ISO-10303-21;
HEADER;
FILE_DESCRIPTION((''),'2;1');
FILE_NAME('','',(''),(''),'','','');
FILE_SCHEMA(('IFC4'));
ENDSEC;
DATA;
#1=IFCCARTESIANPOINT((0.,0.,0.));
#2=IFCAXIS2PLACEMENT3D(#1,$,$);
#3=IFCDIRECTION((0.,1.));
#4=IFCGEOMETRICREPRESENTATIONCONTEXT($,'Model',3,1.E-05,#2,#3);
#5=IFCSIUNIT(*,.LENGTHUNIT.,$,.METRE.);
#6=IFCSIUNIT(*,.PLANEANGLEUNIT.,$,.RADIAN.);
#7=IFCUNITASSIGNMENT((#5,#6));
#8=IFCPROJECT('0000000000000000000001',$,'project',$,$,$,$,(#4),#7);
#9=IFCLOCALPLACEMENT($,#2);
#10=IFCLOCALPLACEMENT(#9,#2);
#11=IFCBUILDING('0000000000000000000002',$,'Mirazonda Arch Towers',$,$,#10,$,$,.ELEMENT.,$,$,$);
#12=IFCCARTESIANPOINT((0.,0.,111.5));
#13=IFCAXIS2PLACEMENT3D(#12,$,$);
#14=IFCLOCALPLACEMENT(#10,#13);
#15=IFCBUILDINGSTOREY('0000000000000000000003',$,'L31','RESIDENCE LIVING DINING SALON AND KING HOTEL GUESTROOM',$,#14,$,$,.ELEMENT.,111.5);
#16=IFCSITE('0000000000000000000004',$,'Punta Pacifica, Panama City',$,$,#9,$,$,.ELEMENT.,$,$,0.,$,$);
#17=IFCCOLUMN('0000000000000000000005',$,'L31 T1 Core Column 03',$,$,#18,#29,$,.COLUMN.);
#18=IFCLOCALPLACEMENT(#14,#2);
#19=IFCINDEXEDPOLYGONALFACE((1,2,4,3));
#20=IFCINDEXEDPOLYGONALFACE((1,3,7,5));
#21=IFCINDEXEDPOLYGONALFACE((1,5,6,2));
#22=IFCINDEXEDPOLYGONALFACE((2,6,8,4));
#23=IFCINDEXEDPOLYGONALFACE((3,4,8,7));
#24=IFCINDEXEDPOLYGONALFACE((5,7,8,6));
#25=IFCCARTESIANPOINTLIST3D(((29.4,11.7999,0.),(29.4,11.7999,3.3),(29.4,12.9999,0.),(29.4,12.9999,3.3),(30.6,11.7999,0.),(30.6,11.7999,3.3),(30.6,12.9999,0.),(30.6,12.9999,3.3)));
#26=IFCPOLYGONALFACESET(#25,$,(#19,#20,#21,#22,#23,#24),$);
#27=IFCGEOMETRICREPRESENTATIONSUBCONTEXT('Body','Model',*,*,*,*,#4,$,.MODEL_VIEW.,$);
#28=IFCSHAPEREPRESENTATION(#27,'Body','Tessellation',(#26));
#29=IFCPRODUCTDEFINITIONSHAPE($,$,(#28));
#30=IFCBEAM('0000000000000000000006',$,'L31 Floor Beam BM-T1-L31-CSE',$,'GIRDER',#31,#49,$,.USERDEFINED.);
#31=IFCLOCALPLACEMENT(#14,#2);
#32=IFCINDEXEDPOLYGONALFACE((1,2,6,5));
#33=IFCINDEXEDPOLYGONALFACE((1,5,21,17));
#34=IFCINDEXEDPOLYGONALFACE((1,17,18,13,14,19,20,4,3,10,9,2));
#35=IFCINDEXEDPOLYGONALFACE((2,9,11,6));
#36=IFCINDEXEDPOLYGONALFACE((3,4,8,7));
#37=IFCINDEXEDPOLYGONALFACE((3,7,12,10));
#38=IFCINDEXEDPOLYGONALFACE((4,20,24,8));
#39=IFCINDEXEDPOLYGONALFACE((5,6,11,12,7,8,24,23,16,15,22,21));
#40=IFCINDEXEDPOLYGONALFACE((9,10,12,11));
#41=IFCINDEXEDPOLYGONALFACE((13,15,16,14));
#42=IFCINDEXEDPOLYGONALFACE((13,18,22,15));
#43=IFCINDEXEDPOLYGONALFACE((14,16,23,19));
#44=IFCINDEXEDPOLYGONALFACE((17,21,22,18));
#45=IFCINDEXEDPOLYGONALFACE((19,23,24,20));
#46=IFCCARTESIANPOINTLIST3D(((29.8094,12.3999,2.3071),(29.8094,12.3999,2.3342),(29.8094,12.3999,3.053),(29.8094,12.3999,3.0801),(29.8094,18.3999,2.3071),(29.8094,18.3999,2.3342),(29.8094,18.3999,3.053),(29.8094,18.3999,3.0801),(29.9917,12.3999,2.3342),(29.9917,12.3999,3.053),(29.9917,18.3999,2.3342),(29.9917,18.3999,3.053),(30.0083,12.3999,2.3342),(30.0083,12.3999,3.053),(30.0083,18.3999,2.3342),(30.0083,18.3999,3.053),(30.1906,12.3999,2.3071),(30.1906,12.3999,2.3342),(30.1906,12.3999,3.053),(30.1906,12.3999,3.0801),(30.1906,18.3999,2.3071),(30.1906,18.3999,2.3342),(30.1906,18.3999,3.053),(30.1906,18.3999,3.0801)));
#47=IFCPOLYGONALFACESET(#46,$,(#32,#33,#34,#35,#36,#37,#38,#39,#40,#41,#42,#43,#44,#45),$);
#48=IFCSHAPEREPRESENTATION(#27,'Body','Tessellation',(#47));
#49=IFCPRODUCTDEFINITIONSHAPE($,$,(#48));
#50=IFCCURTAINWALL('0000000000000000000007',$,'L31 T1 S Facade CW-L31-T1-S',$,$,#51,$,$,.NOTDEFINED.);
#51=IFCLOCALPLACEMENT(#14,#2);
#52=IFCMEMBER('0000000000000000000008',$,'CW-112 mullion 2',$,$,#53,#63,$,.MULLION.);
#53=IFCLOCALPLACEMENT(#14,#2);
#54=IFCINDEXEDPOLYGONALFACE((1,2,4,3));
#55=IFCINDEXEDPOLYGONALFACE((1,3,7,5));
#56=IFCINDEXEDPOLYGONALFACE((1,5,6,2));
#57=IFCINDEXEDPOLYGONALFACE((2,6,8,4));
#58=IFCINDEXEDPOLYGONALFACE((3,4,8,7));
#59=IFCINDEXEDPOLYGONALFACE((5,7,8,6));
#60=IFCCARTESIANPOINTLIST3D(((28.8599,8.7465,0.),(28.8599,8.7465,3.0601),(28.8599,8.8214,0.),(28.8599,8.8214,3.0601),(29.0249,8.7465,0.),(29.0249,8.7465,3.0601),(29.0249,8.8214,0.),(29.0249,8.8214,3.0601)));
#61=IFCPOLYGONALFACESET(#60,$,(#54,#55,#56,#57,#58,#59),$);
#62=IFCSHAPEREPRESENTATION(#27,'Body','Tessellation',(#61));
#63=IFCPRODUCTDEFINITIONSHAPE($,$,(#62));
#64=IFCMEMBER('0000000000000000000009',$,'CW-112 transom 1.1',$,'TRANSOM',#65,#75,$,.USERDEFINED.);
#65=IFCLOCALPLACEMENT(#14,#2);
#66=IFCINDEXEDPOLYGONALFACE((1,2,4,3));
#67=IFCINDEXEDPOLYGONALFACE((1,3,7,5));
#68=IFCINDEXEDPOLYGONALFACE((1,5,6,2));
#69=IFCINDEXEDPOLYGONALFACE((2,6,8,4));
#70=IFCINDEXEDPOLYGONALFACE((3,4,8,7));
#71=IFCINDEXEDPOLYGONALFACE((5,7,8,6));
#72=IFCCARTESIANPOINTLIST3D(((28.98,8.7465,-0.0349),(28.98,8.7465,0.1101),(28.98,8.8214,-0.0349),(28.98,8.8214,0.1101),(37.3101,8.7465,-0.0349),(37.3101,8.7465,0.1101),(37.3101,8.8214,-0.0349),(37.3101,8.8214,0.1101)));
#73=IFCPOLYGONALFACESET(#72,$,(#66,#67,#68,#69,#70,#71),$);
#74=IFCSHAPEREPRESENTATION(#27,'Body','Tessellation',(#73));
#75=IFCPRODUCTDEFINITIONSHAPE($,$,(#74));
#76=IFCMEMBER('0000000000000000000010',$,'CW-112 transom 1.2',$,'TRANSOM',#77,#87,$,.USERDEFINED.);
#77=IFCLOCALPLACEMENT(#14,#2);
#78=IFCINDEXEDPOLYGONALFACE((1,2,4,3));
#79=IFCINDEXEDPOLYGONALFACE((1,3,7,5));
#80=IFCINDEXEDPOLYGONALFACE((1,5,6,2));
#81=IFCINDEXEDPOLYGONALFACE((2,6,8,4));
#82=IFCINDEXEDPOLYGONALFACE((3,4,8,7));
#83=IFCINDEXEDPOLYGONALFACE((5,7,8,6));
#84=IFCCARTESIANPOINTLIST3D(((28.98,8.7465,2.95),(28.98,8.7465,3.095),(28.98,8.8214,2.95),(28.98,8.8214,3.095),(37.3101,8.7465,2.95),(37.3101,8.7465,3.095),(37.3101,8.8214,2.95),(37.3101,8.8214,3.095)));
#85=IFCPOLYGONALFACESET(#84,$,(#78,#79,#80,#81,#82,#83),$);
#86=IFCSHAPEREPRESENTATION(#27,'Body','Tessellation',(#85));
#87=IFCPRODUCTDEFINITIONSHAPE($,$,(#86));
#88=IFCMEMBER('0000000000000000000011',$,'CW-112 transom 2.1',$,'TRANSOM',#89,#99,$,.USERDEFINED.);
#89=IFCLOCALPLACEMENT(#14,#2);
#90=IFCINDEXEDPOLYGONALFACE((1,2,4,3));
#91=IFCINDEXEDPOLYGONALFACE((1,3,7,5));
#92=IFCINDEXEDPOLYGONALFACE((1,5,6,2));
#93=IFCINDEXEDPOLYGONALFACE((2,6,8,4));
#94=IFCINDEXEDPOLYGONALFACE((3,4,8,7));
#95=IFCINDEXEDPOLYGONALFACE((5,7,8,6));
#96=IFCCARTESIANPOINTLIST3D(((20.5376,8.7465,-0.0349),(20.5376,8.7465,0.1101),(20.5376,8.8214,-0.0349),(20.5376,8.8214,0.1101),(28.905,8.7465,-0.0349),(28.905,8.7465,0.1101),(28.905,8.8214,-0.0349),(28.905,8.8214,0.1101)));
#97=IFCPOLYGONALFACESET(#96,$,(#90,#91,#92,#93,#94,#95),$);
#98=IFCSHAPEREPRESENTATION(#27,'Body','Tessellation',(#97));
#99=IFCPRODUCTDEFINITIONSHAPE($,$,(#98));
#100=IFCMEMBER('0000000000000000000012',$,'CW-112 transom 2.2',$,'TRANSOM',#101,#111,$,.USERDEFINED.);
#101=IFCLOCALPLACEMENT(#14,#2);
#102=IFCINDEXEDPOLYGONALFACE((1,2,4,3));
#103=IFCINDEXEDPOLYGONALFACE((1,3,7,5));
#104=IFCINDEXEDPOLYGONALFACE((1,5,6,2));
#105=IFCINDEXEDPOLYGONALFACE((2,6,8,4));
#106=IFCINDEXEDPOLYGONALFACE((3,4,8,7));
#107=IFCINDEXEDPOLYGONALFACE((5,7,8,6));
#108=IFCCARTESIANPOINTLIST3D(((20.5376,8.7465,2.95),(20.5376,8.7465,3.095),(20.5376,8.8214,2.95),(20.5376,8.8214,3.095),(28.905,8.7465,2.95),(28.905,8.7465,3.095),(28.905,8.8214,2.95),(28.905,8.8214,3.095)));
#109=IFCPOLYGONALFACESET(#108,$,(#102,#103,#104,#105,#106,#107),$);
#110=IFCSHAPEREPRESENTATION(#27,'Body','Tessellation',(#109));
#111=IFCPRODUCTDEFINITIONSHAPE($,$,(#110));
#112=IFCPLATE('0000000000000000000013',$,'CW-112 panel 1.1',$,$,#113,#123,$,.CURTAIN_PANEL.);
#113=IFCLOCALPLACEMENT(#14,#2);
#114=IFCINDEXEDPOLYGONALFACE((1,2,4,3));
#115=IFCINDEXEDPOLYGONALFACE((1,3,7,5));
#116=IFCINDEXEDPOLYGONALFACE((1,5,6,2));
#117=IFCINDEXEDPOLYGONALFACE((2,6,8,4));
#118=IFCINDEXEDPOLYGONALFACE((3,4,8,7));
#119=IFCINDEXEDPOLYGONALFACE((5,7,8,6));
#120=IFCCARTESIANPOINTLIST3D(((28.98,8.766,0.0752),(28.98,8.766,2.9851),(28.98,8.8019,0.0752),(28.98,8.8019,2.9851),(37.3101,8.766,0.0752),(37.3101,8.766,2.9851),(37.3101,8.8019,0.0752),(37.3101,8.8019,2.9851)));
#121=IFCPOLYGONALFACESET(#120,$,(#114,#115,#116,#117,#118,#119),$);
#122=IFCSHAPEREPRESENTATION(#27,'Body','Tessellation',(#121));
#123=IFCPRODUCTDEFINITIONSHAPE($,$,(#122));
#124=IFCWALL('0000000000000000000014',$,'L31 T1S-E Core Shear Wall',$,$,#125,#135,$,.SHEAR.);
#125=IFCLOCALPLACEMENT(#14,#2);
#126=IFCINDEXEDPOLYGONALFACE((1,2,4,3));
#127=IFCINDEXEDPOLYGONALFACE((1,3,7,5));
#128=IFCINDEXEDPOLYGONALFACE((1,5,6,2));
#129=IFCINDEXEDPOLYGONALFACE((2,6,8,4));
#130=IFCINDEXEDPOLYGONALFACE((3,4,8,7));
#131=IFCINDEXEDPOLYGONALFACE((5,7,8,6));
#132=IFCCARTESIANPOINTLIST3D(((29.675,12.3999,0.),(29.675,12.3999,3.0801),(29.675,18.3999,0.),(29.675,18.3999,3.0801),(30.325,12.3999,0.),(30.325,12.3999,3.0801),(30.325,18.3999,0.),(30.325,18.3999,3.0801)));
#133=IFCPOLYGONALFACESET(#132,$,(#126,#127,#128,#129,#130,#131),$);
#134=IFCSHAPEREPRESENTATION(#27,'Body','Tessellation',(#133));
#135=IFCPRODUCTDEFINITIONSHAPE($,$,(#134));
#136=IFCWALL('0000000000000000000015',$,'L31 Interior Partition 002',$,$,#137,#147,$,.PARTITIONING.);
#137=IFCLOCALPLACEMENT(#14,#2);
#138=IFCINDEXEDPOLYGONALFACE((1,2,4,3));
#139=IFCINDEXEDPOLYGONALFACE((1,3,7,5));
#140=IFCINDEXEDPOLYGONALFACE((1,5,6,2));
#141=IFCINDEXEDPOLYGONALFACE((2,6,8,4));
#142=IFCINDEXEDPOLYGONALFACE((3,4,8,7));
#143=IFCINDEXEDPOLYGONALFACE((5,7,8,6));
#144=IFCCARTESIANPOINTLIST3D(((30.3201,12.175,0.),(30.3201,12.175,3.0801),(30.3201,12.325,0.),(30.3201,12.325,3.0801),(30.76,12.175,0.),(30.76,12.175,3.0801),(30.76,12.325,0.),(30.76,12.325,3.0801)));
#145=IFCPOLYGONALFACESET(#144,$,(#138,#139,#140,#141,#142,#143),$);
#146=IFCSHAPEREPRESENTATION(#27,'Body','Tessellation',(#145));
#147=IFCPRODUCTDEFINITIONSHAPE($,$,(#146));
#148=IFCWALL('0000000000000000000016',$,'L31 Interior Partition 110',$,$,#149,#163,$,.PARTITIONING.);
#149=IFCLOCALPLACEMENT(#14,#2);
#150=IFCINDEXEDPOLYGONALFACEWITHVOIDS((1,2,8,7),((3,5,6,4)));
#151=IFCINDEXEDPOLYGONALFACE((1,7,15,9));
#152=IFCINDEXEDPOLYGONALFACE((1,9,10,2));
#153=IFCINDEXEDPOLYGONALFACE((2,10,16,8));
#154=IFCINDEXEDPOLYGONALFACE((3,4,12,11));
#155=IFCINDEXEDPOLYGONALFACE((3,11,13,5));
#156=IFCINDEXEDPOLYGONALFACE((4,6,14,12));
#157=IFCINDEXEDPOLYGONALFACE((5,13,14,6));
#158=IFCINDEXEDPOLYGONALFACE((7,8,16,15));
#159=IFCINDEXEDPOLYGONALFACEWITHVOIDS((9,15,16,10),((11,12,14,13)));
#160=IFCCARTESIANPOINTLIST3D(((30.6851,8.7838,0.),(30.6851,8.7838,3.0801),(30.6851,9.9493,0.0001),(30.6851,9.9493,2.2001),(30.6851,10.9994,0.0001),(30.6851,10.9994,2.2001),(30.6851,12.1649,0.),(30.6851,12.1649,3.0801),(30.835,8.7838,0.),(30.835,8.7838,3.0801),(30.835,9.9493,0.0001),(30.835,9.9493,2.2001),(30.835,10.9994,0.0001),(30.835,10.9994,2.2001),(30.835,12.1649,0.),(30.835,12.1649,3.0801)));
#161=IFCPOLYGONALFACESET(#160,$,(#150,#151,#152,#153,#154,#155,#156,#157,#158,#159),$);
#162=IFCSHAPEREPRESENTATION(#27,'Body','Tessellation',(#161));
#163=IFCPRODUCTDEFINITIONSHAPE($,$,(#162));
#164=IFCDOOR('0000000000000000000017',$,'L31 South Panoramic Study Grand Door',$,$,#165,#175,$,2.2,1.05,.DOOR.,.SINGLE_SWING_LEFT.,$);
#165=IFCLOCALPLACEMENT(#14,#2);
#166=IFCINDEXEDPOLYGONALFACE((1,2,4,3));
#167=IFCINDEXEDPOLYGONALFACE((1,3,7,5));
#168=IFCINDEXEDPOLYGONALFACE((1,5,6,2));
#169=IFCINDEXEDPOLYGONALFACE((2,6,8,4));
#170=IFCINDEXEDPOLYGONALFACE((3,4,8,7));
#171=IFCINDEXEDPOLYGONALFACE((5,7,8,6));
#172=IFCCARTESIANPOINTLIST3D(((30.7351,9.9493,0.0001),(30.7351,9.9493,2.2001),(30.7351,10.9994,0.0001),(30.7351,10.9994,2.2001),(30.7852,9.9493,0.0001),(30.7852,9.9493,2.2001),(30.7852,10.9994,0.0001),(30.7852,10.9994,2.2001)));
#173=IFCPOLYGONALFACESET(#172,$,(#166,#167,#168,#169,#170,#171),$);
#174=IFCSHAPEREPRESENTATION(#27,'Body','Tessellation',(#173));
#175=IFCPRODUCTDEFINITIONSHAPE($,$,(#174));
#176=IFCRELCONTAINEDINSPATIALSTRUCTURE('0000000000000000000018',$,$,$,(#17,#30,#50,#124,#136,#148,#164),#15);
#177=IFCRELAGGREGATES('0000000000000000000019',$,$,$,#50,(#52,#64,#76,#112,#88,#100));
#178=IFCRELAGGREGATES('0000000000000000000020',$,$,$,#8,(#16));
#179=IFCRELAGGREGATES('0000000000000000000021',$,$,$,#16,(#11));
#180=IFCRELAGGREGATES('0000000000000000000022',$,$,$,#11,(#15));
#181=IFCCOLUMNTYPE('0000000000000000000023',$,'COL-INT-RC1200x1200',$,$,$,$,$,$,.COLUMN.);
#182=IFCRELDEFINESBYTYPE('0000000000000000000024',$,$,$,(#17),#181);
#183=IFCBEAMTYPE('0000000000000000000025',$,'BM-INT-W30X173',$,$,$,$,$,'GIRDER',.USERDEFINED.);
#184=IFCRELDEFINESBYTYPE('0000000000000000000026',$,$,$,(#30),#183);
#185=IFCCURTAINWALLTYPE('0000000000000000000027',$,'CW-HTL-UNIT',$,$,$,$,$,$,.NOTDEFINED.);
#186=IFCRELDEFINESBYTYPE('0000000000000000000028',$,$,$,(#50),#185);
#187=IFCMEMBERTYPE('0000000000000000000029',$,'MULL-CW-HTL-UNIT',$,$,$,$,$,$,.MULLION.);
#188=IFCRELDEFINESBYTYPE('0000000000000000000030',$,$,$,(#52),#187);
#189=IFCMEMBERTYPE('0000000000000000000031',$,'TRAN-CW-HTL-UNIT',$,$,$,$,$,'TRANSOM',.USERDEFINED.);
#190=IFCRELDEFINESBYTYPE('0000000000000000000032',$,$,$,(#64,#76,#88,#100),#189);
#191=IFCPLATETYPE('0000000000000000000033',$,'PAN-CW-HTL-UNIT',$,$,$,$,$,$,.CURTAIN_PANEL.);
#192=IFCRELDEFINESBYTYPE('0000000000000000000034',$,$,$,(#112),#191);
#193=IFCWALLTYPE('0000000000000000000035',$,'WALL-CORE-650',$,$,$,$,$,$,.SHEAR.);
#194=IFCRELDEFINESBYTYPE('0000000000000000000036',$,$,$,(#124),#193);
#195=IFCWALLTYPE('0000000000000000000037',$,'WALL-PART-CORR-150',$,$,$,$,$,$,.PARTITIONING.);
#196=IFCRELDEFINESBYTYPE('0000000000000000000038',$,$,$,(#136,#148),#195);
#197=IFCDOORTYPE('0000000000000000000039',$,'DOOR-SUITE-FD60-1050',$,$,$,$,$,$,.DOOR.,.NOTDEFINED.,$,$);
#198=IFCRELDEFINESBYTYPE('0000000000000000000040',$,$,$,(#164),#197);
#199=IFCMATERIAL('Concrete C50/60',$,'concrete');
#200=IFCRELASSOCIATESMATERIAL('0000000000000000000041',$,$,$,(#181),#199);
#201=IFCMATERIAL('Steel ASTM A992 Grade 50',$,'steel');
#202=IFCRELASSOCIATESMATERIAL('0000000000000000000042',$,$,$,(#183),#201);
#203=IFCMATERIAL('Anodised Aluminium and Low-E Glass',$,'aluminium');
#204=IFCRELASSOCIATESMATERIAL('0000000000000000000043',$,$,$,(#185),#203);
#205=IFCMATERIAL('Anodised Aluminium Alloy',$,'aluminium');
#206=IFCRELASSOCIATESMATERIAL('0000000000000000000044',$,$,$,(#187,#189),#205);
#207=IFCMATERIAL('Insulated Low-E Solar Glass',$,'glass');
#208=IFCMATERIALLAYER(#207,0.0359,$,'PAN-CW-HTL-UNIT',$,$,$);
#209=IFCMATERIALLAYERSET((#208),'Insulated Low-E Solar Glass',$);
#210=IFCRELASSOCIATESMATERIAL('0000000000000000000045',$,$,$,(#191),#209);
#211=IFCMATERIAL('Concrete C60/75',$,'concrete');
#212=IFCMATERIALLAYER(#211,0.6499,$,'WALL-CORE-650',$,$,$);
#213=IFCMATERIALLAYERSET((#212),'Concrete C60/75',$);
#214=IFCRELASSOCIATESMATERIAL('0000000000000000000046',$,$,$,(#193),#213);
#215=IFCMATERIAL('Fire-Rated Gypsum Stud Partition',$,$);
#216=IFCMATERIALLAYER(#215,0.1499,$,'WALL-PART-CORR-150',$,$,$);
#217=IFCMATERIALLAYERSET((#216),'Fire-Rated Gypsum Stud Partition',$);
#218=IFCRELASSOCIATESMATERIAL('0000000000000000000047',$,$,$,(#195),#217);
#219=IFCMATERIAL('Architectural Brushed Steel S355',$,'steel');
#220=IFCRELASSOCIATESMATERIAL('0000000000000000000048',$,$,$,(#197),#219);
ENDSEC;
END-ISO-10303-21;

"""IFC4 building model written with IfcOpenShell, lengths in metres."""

from ifc_helpers import new_model, si_unit, direction, frame, frame_2d, origin, origin_2d, place, context, subcontext, project, spatial, rectangle, i_section, extrude, material, layer, layer_set, material_profile, profile_set, type_object, element, fill, aggregate, save


model = new_model("IFC4")

# Units and contexts
model_context = context("Model", 3, precision=1e-05, world=origin(), true_north=direction((0.0, 1.0)))
body_context = subcontext(model_context, "Body", "Model", "MODEL_VIEW")
ifc_project = project(units=[si_unit("LENGTHUNIT", "METRE"), si_unit("PLANEANGLEUNIT", "RADIAN")], contexts=[model_context])

# Site, building, storey
site_placement = place(None, origin())
site = spatial("IfcSite", under=ifc_project, at=site_placement, Name="Punta Pacifica, Panama City", CompositionType="ELEMENT", RefElevation=0.0)
building_placement = place(site_placement, origin())
building = spatial("IfcBuilding", under=site, at=building_placement, Name="Mirazonda Arch Towers", CompositionType="ELEMENT")
storey_placement = place(building_placement, frame((0.0, 0.0, 111.5)))
storey = spatial("IfcBuildingStorey", under=building, at=storey_placement, Name="L31", Description="RESIDENCE LIVING DINING SALON AND KING HOTEL GUESTROOM", CompositionType="ELEMENT", Elevation=111.5)

# Column
ifc_material_1 = material(Name="Concrete C50/60", Category="concrete")
ifc_material_profile_1 = material_profile(ifc_material_1, rectangle(XDim=1.2, YDim=1.2, at=origin_2d()), Name="RC1200x1200")
ifc_profile_set_1 = profile_set([ifc_material_profile_1], Name="Concrete C50/60")
column_type = type_object("IfcColumnType", Name="COL-INT-RC1200x1200", PredefinedType="COLUMN", material=ifc_profile_set_1)
column_placement = place(storey_placement, frame((30.0, 12.3999, 0.0), z_axis=(0.0, 0.0, 1.0), x_axis=(1.0, 0.0, 0.0)))
element("IfcColumn", 1, at=column_placement, inside=storey, type_object=column_type, Name="L31 T1 Core Column 03", PredefinedType="COLUMN", context=body_context, shape_type="SweptSolid", body=[
    extrude(rectangle(XDim=1.2, YDim=1.2, at=origin_2d()), origin(), (0.0, 0.0, 1.0), 3.3),
])

# Beam
ifc_material_2 = material(Name="Steel ASTM A992 Grade 50", Category="steel")
ifc_material_profile_2 = material_profile(ifc_material_2, i_section(OverallWidth=0.3811, OverallDepth=0.7729, WebThickness=0.0166, FlangeThickness=0.0271, at=origin_2d()), Name="W30X173")
ifc_profile_set_2 = profile_set([ifc_material_profile_2], Name="Steel ASTM A992 Grade 50")
beam_type = type_object("IfcBeamType", Name="BM-INT-W30X173", ElementType="GIRDER", PredefinedType="USERDEFINED", material=ifc_profile_set_2)
beam_placement = place(storey_placement, frame((30.0, 12.3999, 2.6936), z_axis=(0.0, 1.0, 0.0), x_axis=(-1.0, 0.0, 0.0)))
element("IfcBeam", 2, at=beam_placement, inside=storey, type_object=beam_type, Name="L31 Floor Beam BM-T1-L31-CSE", ObjectType="GIRDER", PredefinedType="USERDEFINED", context=body_context, shape_type="SweptSolid", body=[
    extrude(i_section(OverallWidth=0.3811, OverallDepth=0.7729, WebThickness=0.0166, FlangeThickness=0.0271, at=origin_2d()), origin(), (0.0, 0.0, 1.0), 6.0),
])

# Curtain wall, members, plate
ifc_material_3 = material(Name="Anodised Aluminium and Low-E Glass", Category="aluminium")
curtain_wall_type = type_object("IfcCurtainWallType", Name="CW-HTL-UNIT", PredefinedType="NOTDEFINED", material=ifc_material_3)
curtain_wall_placement = place(storey_placement, origin())
curtain_wall = element("IfcCurtainWall", 3, at=curtain_wall_placement, inside=storey, type_object=curtain_wall_type, Name="L31 T1 S Facade CW-L31-T1-S", PredefinedType="NOTDEFINED")
ifc_material_4 = material(Name="Anodised Aluminium Alloy", Category="aluminium")
ifc_material_profile_3 = material_profile(ifc_material_4, rectangle(XDim=0.075, YDim=0.165, at=origin_2d()), Name="ALU-MULL-75x165")
ifc_profile_set_3 = profile_set([ifc_material_profile_3], Name="Anodised Aluminium Alloy")
member_type_1 = type_object("IfcMemberType", Name="MULL-CW-HTL-UNIT", PredefinedType="MULLION", material=ifc_profile_set_3)
member_1_placement = place(storey_placement, frame((28.9424, 8.7839, 0.0), z_axis=(0.0, 0.0, 1.0), x_axis=(0.0, -1.0, 0.0)))
member_1 = element("IfcMember", 4, at=member_1_placement, type_object=member_type_1, Name="CW-112 mullion 2", PredefinedType="MULLION", context=body_context, shape_type="SweptSolid", body=[
    extrude(rectangle(XDim=0.075, YDim=0.165, at=origin_2d()), origin(), (0.0, 0.0, 1.0), 3.0601),
])
ifc_material_profile_4 = material_profile(ifc_material_4, rectangle(XDim=0.075, YDim=0.145, at=origin_2d()), Name="ALU-TRAN-75x145")
ifc_profile_set_4 = profile_set([ifc_material_profile_4], Name="Anodised Aluminium Alloy")
member_type_2 = type_object("IfcMemberType", Name="TRAN-CW-HTL-UNIT", ElementType="TRANSOM", PredefinedType="USERDEFINED", material=ifc_profile_set_4)
member_2_placement = place(storey_placement, frame((37.3101, 8.7839, 0.0376), z_axis=(-1.0, 0.0, 0.0), x_axis=(0.0, -1.0, 0.0)))
member_2 = element("IfcMember", 5, at=member_2_placement, type_object=member_type_2, Name="CW-112 transom 1.1", ObjectType="TRANSOM", PredefinedType="USERDEFINED", context=body_context, shape_type="SweptSolid", body=[
    extrude(rectangle(XDim=0.075, YDim=0.145, at=origin_2d()), origin(), (0.0, 0.0, 1.0), 8.3301),
])
member_3_placement = place(storey_placement, frame((37.3101, 8.7839, 3.0225), z_axis=(-1.0, 0.0, 0.0), x_axis=(0.0, -1.0, 0.0)))
member_3 = element("IfcMember", 6, at=member_3_placement, type_object=member_type_2, Name="CW-112 transom 1.2", ObjectType="TRANSOM", PredefinedType="USERDEFINED", context=body_context, shape_type="SweptSolid", body=[
    extrude(rectangle(XDim=0.075, YDim=0.145, at=origin_2d()), origin(), (0.0, 0.0, 1.0), 8.3301),
])
member_4_placement = place(storey_placement, frame((28.905, 8.7839, 0.0376), z_axis=(-1.0, 0.0, 0.0), x_axis=(0.0, -1.0, 0.0)))
member_4 = element("IfcMember", 7, at=member_4_placement, type_object=member_type_2, Name="CW-112 transom 2.1", ObjectType="TRANSOM", PredefinedType="USERDEFINED", context=body_context, shape_type="SweptSolid", body=[
    extrude(rectangle(XDim=0.075, YDim=0.145, at=origin_2d()), origin(), (0.0, 0.0, 1.0), 8.3674),
])
member_5_placement = place(storey_placement, frame((28.905, 8.7839, 3.0225), z_axis=(-1.0, 0.0, 0.0), x_axis=(0.0, -1.0, 0.0)))
member_5 = element("IfcMember", 8, at=member_5_placement, type_object=member_type_2, Name="CW-112 transom 2.2", ObjectType="TRANSOM", PredefinedType="USERDEFINED", context=body_context, shape_type="SweptSolid", body=[
    extrude(rectangle(XDim=0.075, YDim=0.145, at=origin_2d()), origin(), (0.0, 0.0, 1.0), 8.3674),
])
ifc_material_5 = material(Name="Insulated Low-E Solar Glass", Category="glass")
ifc_layer_1 = layer(ifc_material_5, 0.0359, Name="PAN-CW-HTL-UNIT")
ifc_layer_set_1 = layer_set([ifc_layer_1], Name="Insulated Low-E Solar Glass")
plate_type = type_object("IfcPlateType", Name="PAN-CW-HTL-UNIT", PredefinedType="CURTAIN_PANEL", material=ifc_layer_set_1)
plate_placement = place(storey_placement, frame((33.145, 8.7839, 0.0752), z_axis=(0.0, 0.0, 1.0), x_axis=(-1.0, 0.0, 0.0)))
plate = element("IfcPlate", 9, at=plate_placement, type_object=plate_type, Name="CW-112 panel 1.1", PredefinedType="CURTAIN_PANEL", context=body_context, shape_type="SweptSolid", body=[
    extrude(rectangle(XDim=8.3301, YDim=0.0359, at=origin_2d()), origin(), (0.0, 0.0, 1.0), 2.9099),
])
aggregate(curtain_wall, [member_1, member_2, member_3, plate, member_4, member_5])

# Walls
ifc_material_6 = material(Name="Concrete C60/75", Category="concrete")
ifc_layer_2 = layer(ifc_material_6, 0.6499, Name="WALL-CORE-650")
ifc_layer_set_2 = layer_set([ifc_layer_2], Name="Concrete C60/75")
wall_type_1 = type_object("IfcWallType", Name="WALL-CORE-650", PredefinedType="SHEAR", material=ifc_layer_set_2)
wall_1_placement = place(storey_placement, frame((30.0, 12.3999, 0.0), z_axis=(0.0, 0.0, 1.0), x_axis=(0.0, 1.0, 0.0)))
element("IfcWall", 10, at=wall_1_placement, inside=storey, type_object=wall_type_1, Name="L31 T1S-E Core Shear Wall", PredefinedType="SHEAR", context=body_context, shape_type="SweptSolid", body=[
    extrude(rectangle(XDim=6.0, YDim=0.6499, at=frame_2d((3.0, 0.0))), origin(), (0.0, 0.0, 1.0), 3.0801),
])
ifc_material_7 = material(Name="Fire-Rated Gypsum Stud Partition")
ifc_layer_3 = layer(ifc_material_7, 0.1499, Name="WALL-PART-CORR-150")
ifc_layer_set_3 = layer_set([ifc_layer_3], Name="Fire-Rated Gypsum Stud Partition")
wall_type_2 = type_object("IfcWallType", Name="WALL-PART-CORR-150", PredefinedType="PARTITIONING", material=ifc_layer_set_3)
wall_2_placement = place(storey_placement, frame((30.3201, 12.25, 0.0), z_axis=(0.0, 0.0, 1.0), x_axis=(1.0, 0.0, 0.0)))
element("IfcWall", 11, at=wall_2_placement, inside=storey, type_object=wall_type_2, Name="L31 Interior Partition 002", PredefinedType="PARTITIONING", context=body_context, shape_type="SweptSolid", body=[
    extrude(rectangle(XDim=0.4399, YDim=0.1499, at=frame_2d((0.22, 0.0))), origin(), (0.0, 0.0, 1.0), 3.0801),
])

# Wall, opening, door
wall_3_placement = place(storey_placement, frame((30.76, 8.7839, 0.0), z_axis=(0.0, 0.0, 1.0), x_axis=(0.0, 1.0, 0.0)))
wall_3 = element("IfcWall", 12, at=wall_3_placement, inside=storey, type_object=wall_type_2, Name="L31 Interior Partition 110", PredefinedType="PARTITIONING", context=body_context, shape_type="SweptSolid", body=[
    extrude(rectangle(XDim=3.3811, YDim=0.1499, at=frame_2d((1.6904, 0.0))), origin(), (0.0, 0.0, 1.0), 3.0801),
])
opening_1_placement = place(wall_3_placement, frame((1.1655, 0.0, 0.0)))
opening_1 = element("IfcOpeningElement", 13, at=opening_1_placement, cuts=wall_3, PredefinedType="OPENING", context=body_context, shape_type="SweptSolid", body=[
    extrude(rectangle(XDim=1.05, YDim=2.2, at=frame_2d((0.5249, 1.1001))), frame((0.0, 0.085, 0.0), z_axis=(0.0, -1.0, 0.0), x_axis=(1.0, 0.0, 0.0)), (0.0, 0.0, 1.0), 0.1699),
])
ifc_material_8 = material(Name="Architectural Brushed Steel S355", Category="steel")
door_type_1 = type_object("IfcDoorType", Name="DOOR-SUITE-FD60-1050", OperationType="NOTDEFINED", PredefinedType="DOOR", material=ifc_material_8)
door_1_placement = place(opening_1_placement, origin())
door_1 = element("IfcDoor", 14, at=door_1_placement, inside=storey, type_object=door_type_1, Name="L31 South Panoramic Study Grand Door", OperationType="SINGLE_SWING_LEFT", OverallHeight=2.2, OverallWidth=1.05, PredefinedType="DOOR", context=body_context, shape_type="SweptSolid", body=[
    extrude(rectangle(XDim=1.05, YDim=2.2, at=frame_2d((0.5249, 1.1001))), frame((0.0, 0.0249, 0.0), z_axis=(0.0, -1.0, 0.0), x_axis=(1.0, 0.0, 0.0)), (0.0, 0.0, 1.0), 0.05),
])
fill(opening_1, door_1)

save(model, "model.ifc")
